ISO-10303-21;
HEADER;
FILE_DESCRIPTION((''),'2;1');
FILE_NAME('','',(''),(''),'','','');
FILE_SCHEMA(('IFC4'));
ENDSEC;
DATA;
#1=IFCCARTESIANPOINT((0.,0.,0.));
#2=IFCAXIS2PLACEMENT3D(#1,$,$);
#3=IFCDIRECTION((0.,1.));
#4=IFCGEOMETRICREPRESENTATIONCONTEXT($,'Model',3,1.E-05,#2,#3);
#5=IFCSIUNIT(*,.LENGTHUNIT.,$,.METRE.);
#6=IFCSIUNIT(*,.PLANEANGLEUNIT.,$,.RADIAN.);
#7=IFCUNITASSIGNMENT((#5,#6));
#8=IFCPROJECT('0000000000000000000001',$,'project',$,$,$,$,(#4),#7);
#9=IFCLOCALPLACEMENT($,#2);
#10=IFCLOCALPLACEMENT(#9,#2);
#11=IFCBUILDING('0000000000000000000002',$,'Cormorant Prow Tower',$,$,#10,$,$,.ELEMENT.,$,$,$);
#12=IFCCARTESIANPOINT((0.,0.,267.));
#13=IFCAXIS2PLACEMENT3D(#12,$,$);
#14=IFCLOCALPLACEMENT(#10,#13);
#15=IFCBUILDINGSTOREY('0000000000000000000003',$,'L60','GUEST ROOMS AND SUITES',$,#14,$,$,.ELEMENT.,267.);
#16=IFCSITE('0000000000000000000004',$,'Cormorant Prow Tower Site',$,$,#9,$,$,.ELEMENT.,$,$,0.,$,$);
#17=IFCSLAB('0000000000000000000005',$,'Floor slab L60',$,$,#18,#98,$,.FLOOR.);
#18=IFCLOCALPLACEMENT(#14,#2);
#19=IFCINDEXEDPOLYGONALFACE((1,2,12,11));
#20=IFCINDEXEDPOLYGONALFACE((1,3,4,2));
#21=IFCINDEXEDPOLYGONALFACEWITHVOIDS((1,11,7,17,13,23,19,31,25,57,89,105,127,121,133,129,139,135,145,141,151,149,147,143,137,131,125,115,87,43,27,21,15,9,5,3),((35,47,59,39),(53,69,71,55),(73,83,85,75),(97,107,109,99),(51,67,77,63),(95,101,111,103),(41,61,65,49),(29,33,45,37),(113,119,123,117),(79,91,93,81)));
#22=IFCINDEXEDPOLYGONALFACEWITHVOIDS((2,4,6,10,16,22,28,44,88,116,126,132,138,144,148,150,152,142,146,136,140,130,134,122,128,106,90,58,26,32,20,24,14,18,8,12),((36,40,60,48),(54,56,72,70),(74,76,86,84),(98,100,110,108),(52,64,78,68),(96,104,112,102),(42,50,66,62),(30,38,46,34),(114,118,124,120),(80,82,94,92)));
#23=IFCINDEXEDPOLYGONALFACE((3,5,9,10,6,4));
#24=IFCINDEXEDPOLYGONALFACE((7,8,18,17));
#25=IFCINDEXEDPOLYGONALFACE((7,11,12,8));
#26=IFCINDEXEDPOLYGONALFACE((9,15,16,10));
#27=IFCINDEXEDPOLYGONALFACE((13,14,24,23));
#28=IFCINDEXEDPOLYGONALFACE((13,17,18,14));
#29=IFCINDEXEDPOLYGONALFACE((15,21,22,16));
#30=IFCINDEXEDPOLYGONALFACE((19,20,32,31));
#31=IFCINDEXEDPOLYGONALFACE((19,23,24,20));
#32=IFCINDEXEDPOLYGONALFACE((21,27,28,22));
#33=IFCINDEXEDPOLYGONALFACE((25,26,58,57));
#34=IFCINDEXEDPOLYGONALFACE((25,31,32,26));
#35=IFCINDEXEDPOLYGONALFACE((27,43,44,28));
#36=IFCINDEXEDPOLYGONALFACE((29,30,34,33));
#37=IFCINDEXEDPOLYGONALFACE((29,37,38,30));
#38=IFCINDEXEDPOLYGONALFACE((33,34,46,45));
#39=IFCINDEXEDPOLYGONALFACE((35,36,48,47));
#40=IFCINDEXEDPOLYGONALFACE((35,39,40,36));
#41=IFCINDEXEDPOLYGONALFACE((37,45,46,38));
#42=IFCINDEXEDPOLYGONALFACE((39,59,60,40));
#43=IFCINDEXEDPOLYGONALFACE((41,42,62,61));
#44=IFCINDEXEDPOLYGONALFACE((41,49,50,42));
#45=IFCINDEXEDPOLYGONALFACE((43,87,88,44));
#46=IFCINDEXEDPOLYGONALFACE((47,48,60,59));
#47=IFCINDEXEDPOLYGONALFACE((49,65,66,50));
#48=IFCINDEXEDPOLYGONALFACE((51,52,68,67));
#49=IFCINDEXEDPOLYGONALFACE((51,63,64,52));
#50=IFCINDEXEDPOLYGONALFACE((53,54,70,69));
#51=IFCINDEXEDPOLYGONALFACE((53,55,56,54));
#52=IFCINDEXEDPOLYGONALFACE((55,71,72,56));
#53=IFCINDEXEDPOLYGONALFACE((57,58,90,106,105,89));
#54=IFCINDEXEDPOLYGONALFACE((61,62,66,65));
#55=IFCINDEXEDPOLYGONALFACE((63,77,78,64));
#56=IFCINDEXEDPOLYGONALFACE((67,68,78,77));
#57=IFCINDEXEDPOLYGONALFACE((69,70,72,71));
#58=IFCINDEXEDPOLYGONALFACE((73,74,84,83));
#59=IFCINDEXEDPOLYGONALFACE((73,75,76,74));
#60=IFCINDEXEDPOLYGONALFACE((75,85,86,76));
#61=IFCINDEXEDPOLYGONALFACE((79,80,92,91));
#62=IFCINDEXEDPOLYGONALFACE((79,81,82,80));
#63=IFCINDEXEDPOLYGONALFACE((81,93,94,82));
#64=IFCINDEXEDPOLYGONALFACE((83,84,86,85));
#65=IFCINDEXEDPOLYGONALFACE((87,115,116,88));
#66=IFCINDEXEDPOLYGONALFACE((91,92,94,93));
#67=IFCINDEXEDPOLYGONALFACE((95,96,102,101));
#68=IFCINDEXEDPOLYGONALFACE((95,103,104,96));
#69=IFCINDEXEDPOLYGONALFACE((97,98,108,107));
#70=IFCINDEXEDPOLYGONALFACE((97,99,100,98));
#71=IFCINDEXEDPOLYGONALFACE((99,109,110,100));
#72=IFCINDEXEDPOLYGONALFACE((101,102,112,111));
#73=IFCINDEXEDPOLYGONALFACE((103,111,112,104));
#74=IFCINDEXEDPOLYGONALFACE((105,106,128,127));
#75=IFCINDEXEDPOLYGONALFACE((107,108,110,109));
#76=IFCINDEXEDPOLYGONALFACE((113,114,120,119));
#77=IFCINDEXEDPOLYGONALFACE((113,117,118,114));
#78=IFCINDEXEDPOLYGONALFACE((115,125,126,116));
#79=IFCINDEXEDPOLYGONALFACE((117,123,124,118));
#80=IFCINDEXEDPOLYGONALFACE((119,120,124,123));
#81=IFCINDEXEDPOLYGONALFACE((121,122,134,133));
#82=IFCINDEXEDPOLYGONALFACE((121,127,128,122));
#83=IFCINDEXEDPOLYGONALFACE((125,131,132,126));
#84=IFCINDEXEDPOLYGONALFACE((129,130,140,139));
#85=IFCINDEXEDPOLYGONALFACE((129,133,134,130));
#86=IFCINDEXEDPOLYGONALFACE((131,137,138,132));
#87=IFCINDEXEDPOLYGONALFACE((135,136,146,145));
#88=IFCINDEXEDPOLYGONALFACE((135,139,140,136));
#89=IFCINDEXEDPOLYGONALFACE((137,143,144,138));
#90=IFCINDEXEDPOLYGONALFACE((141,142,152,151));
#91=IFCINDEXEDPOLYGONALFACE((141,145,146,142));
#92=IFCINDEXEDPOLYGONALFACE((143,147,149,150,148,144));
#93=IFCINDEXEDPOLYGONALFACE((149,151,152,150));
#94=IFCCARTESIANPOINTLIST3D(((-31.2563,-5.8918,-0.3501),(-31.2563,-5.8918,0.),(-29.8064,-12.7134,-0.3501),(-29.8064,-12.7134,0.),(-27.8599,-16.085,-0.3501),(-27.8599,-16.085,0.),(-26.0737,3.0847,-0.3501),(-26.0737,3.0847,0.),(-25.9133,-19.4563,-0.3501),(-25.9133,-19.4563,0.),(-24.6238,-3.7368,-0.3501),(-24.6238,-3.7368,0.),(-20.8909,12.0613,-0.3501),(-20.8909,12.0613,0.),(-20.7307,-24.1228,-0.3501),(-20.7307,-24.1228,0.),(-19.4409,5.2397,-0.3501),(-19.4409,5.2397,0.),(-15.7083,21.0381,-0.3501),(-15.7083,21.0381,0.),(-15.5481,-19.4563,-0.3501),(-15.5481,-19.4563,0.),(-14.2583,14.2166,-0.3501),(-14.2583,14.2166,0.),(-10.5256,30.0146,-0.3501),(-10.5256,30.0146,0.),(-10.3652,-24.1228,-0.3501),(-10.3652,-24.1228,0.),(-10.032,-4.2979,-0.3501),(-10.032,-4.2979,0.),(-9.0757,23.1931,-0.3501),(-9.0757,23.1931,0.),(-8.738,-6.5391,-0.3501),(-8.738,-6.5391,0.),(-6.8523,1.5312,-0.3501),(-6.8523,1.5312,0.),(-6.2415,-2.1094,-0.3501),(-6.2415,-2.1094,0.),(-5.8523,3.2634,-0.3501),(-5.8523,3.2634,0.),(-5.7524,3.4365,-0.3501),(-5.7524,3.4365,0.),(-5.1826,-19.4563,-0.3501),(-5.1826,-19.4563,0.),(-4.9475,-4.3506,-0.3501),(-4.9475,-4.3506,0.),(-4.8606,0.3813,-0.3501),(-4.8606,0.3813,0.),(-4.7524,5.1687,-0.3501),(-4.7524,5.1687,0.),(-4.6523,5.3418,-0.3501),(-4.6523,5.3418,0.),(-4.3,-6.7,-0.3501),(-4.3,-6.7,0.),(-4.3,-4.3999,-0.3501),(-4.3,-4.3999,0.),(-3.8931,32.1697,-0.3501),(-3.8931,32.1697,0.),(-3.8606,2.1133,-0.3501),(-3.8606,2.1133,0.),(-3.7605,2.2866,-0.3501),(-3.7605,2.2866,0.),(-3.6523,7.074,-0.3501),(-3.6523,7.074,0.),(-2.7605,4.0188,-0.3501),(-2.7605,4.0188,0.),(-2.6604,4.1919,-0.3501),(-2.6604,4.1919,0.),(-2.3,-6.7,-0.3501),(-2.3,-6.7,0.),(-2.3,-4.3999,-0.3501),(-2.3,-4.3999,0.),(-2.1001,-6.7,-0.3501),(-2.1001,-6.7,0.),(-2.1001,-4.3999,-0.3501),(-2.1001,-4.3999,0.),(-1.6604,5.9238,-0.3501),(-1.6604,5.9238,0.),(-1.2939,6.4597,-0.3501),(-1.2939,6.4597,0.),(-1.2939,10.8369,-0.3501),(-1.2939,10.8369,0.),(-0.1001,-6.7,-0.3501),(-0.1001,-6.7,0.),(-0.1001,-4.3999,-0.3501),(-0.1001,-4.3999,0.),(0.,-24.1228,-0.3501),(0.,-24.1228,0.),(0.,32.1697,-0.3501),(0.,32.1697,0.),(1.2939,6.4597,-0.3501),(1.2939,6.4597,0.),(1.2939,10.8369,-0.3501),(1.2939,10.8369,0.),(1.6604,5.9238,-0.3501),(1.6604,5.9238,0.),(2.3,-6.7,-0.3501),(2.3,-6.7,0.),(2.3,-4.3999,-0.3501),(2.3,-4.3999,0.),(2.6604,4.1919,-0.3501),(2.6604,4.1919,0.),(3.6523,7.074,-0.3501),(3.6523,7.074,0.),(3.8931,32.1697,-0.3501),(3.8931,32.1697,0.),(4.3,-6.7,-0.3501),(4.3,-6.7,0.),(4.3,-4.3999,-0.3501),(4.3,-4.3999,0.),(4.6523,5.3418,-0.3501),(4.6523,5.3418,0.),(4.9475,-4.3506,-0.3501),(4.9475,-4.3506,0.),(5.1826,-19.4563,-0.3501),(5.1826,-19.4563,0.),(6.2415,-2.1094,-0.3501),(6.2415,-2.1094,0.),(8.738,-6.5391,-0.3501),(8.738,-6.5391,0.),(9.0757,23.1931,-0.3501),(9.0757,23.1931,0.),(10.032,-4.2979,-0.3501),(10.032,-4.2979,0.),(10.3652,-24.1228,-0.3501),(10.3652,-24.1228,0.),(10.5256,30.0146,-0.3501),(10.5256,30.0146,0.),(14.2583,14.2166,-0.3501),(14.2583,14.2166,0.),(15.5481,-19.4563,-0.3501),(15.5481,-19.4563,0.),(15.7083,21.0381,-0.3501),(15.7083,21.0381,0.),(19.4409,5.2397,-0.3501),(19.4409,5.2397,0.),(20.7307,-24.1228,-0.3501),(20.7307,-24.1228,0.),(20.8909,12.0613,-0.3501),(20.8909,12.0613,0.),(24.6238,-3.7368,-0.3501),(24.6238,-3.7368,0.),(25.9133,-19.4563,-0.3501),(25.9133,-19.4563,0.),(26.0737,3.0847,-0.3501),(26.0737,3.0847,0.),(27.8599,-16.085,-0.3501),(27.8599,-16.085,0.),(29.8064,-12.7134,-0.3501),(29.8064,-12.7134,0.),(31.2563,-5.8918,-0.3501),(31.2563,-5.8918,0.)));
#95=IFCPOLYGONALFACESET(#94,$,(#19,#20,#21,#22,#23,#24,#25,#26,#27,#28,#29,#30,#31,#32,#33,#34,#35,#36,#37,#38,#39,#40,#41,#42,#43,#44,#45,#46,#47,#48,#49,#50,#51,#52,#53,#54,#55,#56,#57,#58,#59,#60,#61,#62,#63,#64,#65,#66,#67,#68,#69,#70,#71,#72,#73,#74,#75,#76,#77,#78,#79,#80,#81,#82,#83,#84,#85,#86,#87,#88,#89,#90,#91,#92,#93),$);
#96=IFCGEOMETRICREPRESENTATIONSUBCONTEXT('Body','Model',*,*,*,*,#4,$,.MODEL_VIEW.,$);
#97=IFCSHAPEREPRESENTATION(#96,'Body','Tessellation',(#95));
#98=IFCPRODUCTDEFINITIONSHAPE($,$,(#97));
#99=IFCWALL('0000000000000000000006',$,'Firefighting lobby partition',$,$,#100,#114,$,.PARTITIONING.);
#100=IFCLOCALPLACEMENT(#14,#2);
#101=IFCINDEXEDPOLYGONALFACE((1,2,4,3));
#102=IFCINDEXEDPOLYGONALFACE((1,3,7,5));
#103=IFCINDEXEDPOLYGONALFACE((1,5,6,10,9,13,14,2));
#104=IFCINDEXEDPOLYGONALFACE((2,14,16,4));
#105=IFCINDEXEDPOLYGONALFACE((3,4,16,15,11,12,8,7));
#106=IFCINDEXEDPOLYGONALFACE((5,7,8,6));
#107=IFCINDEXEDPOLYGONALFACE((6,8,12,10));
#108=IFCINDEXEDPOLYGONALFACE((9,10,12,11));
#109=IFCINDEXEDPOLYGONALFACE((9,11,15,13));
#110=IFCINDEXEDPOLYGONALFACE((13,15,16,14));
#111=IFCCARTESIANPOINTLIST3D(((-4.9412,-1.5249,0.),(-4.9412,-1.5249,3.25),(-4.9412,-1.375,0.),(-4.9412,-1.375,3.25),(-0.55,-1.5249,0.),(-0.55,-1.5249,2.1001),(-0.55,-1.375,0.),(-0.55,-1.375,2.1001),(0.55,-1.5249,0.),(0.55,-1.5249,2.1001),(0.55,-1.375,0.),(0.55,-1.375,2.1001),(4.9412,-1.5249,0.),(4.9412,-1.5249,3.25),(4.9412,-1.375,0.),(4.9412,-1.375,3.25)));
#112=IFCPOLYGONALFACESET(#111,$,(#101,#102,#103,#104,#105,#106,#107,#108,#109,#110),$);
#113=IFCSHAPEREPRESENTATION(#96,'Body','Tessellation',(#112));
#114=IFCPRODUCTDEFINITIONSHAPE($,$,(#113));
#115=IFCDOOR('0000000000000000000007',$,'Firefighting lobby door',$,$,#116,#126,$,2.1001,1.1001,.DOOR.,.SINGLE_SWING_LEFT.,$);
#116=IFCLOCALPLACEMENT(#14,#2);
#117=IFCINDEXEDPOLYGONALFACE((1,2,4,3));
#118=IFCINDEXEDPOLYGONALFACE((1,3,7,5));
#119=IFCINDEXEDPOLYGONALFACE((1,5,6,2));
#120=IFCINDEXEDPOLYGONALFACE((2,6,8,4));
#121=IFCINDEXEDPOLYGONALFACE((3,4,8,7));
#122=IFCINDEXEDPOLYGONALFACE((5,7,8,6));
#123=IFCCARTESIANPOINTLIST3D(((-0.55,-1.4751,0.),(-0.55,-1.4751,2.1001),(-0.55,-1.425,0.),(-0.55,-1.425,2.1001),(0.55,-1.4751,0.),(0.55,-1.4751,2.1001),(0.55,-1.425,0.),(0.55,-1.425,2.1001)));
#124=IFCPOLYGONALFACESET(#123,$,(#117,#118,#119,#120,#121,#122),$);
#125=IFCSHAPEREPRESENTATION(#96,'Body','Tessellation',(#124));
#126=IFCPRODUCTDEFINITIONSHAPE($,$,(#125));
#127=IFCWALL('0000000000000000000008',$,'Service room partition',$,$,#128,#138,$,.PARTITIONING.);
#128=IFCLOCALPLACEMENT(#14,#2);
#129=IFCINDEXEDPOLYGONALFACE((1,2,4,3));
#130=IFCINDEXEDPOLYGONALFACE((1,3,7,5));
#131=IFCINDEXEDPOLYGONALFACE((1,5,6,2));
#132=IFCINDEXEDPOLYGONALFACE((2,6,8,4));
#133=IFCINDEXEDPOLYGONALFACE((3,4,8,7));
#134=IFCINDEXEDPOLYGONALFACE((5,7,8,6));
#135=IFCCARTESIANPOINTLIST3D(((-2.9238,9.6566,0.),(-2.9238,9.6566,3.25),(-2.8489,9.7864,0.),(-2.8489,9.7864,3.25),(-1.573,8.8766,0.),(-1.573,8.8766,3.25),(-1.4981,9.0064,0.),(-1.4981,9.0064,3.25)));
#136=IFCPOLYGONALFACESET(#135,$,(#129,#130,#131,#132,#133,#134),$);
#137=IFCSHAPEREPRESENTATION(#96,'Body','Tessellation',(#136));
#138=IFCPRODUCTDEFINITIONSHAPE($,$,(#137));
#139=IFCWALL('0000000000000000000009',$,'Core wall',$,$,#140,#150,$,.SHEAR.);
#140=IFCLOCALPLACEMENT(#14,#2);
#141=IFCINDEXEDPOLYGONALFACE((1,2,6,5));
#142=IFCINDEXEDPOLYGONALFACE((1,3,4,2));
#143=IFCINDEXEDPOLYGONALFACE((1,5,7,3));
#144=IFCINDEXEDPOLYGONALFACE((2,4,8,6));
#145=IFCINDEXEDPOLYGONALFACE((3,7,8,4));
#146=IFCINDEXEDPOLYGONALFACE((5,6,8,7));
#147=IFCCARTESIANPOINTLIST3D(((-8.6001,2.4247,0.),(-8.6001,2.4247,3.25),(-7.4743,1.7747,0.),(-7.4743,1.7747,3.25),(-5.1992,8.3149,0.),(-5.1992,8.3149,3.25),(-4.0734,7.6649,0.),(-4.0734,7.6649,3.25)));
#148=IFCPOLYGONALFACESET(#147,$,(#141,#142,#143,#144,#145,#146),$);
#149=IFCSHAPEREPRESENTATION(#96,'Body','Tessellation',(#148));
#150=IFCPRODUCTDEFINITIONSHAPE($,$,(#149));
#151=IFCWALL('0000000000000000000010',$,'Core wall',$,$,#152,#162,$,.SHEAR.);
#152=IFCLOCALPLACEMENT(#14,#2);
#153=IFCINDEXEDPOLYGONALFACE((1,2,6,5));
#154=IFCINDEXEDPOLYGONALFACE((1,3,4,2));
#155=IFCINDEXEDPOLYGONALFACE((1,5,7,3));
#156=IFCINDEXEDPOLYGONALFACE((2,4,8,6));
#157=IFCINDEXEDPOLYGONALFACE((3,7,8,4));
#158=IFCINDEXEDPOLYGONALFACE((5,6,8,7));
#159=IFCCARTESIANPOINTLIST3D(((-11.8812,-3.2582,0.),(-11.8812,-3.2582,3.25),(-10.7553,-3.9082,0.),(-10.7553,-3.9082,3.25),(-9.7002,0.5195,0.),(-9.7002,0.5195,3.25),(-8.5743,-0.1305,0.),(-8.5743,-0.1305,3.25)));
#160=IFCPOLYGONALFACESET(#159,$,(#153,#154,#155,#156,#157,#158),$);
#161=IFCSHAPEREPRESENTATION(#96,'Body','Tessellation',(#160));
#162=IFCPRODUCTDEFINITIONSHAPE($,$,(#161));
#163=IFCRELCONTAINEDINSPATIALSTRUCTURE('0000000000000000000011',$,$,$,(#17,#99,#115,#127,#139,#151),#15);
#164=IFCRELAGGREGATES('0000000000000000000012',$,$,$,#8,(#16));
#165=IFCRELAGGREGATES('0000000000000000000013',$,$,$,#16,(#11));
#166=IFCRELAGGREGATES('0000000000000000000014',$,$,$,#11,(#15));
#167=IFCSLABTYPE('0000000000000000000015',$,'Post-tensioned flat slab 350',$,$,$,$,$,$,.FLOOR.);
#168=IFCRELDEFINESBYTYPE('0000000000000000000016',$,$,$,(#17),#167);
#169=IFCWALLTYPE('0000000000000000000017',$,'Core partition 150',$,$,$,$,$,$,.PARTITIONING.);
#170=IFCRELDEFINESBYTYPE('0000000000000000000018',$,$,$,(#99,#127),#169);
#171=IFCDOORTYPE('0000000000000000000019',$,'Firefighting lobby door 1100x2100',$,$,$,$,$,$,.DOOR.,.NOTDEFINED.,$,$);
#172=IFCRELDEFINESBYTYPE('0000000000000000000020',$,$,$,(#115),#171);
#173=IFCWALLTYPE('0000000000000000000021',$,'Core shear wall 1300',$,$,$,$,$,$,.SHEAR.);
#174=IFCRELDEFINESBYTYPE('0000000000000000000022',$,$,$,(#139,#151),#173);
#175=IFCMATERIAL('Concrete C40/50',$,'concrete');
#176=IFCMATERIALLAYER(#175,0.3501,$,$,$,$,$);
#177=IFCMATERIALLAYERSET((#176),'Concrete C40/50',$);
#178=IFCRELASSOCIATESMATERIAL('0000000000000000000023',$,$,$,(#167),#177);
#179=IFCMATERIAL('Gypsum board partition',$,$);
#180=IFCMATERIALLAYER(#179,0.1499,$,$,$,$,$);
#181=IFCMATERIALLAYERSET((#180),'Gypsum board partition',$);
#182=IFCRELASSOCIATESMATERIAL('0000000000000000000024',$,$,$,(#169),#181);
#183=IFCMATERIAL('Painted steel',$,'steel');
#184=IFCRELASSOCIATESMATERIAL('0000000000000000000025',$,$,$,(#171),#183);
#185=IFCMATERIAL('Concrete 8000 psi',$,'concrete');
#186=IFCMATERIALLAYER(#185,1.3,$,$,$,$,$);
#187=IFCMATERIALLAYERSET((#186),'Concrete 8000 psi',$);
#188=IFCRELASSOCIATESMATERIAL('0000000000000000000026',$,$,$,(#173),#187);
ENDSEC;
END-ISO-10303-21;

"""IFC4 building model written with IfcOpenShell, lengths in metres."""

from ifc_helpers import new_model, si_unit, direction, frame, frame_2d, origin, place, context, subcontext, project, spatial, polyline, rectangle, outline, extrude, material, layer, layer_set, type_object, element, fill, save


model = new_model("IFC4")

# Units and contexts
model_context = context("Model", 3, precision=1e-05, world=origin(), true_north=direction((0.0, 1.0)))
body_context = subcontext(model_context, "Body", "Model", "MODEL_VIEW")
ifc_project = project(units=[si_unit("LENGTHUNIT", "METRE"), si_unit("PLANEANGLEUNIT", "RADIAN")], contexts=[model_context])

# Site, building, storey
site_placement = place(None, origin())
site = spatial("IfcSite", under=ifc_project, at=site_placement, Name="Cormorant Prow Tower Site", CompositionType="ELEMENT", RefElevation=0.0)
building_placement = place(site_placement, origin())
building = spatial("IfcBuilding", under=site, at=building_placement, Name="Cormorant Prow Tower", CompositionType="ELEMENT")
storey_placement = place(building_placement, frame((0.0, 0.0, 267.0)))
storey = spatial("IfcBuildingStorey", under=building, at=storey_placement, Name="L60", Description="GUEST ROOMS AND SUITES", CompositionType="ELEMENT", Elevation=267.0)

# Slab
ifc_material_1 = material(Name="Concrete C40/50", Category="concrete")
ifc_layer_1 = layer(ifc_material_1, 0.3501)
ifc_layer_set_1 = layer_set([ifc_layer_1], Name="Concrete C40/50")
slab_type_1 = type_object("IfcSlabType", Name="Post-tensioned flat slab 350", PredefinedType="FLOOR", material=ifc_layer_set_1)
slab_1_placement = place(storey_placement, frame((0.0, 0.0, -0.3501)))
element("IfcSlab", 1, at=slab_1_placement, inside=storey, type_object=slab_type_1, Name="Floor slab L60", PredefinedType="FLOOR", context=body_context, shape_type="SweptSolid", body=[
    extrude(outline(polyline([(-9.0757, 23.1931), (-15.7083, 21.0381), (-14.2583, 14.2166), (-20.8909, 12.0613), (-19.4409, 5.2397), (-26.0737, 3.0847), (-24.6238, -3.7368), (-31.2563, -5.8918), (-29.8064, -12.7134), (-27.8599, -16.085), (-25.9133, -19.4563), (-20.7307, -24.1228), (-15.5481, -19.4563), (-10.3652, -24.1228), (-5.1826, -19.4563), (0.0, -24.1228), (5.1826, -19.4563), (10.3652, -24.1228), (15.5481, -19.4563), (20.7307, -24.1228), (25.9133, -19.4563), (27.8599, -16.085), (29.8064, -12.7134), (31.2563, -5.8918), (24.6238, -3.7368), (26.0737, 3.0847), (19.4409, 5.2397), (20.8909, 12.0613), (14.2583, 14.2166), (15.7083, 21.0381), (9.0757, 23.1931), (10.5256, 30.0146), (3.8931, 32.1697), (0.0, 32.1697), (-3.8931, 32.1697), (-10.5256, 30.0146), (-9.0757, 23.1931)]), holes=[polyline([(-4.3, -4.3999), (-2.3, -4.3999), (-2.3, -6.7), (-4.3, -6.7), (-4.3, -4.3999)]), polyline([(-0.1001, -4.3999), (-0.1001, -6.7), (-2.1001, -6.7), (-2.1001, -4.3999), (-0.1001, -4.3999)]), polyline([(4.3, -6.7), (2.3, -6.7), (2.3, -4.3999), (4.3, -4.3999), (4.3, -6.7)]), polyline([(4.6523, 5.3418), (2.6604, 4.1919), (1.6604, 5.9238), (3.6523, 7.074), (4.6523, 5.3418)]), polyline([(-1.6604, 5.9238), (-2.6604, 4.1919), (-4.6523, 5.3418), (-3.6523, 7.074), (-1.6604, 5.9238)]), polyline([(-3.7605, 2.2866), (-5.7524, 3.4365), (-4.7524, 5.1687), (-2.7605, 4.0188), (-3.7605, 2.2866)]), polyline([(-6.8523, 1.5312), (-5.8523, 3.2634), (-3.8606, 2.1133), (-4.8606, 0.3813), (-6.8523, 1.5312)]), polyline([(-4.9475, -4.3506), (-8.738, -6.5391), (-10.032, -4.2979), (-6.2415, -2.1094), (-4.9475, -4.3506)]), polyline([(10.032, -4.2979), (8.738, -6.5391), (4.9475, -4.3506), (6.2415, -2.1094), (10.032, -4.2979)]), polyline([(1.2939, 10.8369), (1.2939, 6.4597), (-1.2939, 6.4597), (-1.2939, 10.8369), (1.2939, 10.8369)])]), origin(), (0.0, 0.0, 1.0), 0.3501),
])

# Wall, opening, door
ifc_material_2 = material(Name="Gypsum board partition")
ifc_layer_2 = layer(ifc_material_2, 0.1499)
ifc_layer_set_2 = layer_set([ifc_layer_2], Name="Gypsum board partition")
wall_type_1 = type_object("IfcWallType", Name="Core partition 150", PredefinedType="PARTITIONING", material=ifc_layer_set_2)
wall_1_placement = place(storey_placement, frame((-4.9412, -1.45, 0.0), z_axis=(0.0, 0.0, 1.0), x_axis=(1.0, 0.0, 0.0)))
wall_1 = element("IfcWall", 2, at=wall_1_placement, inside=storey, type_object=wall_type_1, Name="Firefighting lobby partition", PredefinedType="PARTITIONING", context=body_context, shape_type="SweptSolid", body=[
    extrude(rectangle(XDim=9.8823, YDim=0.1499, at=frame_2d((4.9412, 0.0))), origin(), (0.0, 0.0, 1.0), 3.25),
])
opening_1_placement = place(wall_1_placement, frame((4.3911, 0.0, 0.0)))
opening_1 = element("IfcOpeningElement", 3, at=opening_1_placement, cuts=wall_1, PredefinedType="OPENING", context=body_context, shape_type="SweptSolid", body=[
    extrude(rectangle(XDim=1.1001, YDim=2.1001, at=frame_2d((0.55, 1.05))), frame((0.0, 0.085, 0.0), z_axis=(0.0, -1.0, 0.0), x_axis=(1.0, 0.0, 0.0)), (0.0, 0.0, 1.0), 0.1699),
])
ifc_material_3 = material(Name="Painted steel", Category="steel")
door_type_1 = type_object("IfcDoorType", Name="Firefighting lobby door 1100x2100", OperationType="NOTDEFINED", PredefinedType="DOOR", material=ifc_material_3)
door_1_placement = place(opening_1_placement, origin())
door_1 = element("IfcDoor", 4, at=door_1_placement, inside=storey, type_object=door_type_1, Name="Firefighting lobby door", OperationType="SINGLE_SWING_LEFT", OverallHeight=2.1001, OverallWidth=1.1001, PredefinedType="DOOR", context=body_context, shape_type="SweptSolid", body=[
    extrude(rectangle(XDim=1.1001, YDim=2.1001, at=frame_2d((0.55, 1.05))), frame((0.0, 0.0249, 0.0), z_axis=(0.0, -1.0, 0.0), x_axis=(1.0, 0.0, 0.0)), (0.0, 0.0, 1.0), 0.05),
])
fill(opening_1, door_1)

# Walls
wall_2_placement = place(storey_placement, frame((-2.8862, 9.7214, 0.0), z_axis=(0.0, 0.0, 1.0), x_axis=(0.86599, -0.500061, 0.0)))
element("IfcWall", 5, at=wall_2_placement, inside=storey, type_object=wall_type_1, Name="Service room partition", PredefinedType="PARTITIONING", context=body_context, shape_type="SweptSolid", body=[
    extrude(rectangle(XDim=1.5598, YDim=0.1499, at=frame_2d((0.7798, 0.0))), origin(), (0.0, 0.0, 1.0), 3.25),
])
ifc_material_4 = material(Name="Concrete 8000 psi", Category="concrete")
ifc_layer_3 = layer(ifc_material_4, 1.3)
ifc_layer_set_3 = layer_set([ifc_layer_3], Name="Concrete 8000 psi")
wall_type_2 = type_object("IfcWallType", Name="Core shear wall 1300", PredefinedType="SHEAR", material=ifc_layer_set_3)
wall_3_placement = place(storey_placement, frame((-4.6362, 7.99, 0.0), z_axis=(0.0, 0.0, 1.0), x_axis=(-0.500023, -0.866012, 0.0)))
element("IfcWall", 6, at=wall_3_placement, inside=storey, type_object=wall_type_2, Name="Core wall", PredefinedType="SHEAR", context=body_context, shape_type="SweptSolid", body=[
    extrude(rectangle(XDim=6.8015, YDim=1.3, at=frame_2d((3.4009, 0.0))), origin(), (0.0, 0.0, 1.0), 3.25),
])
wall_4_placement = place(storey_placement, frame((-9.1372, 0.1946, 0.0), z_axis=(0.0, 0.0, 1.0), x_axis=(-0.499986, -0.866034, 0.0)))
element("IfcWall", 7, at=wall_4_placement, inside=storey, type_object=wall_type_2, Name="Core wall", PredefinedType="SHEAR", context=body_context, shape_type="SweptSolid", body=[
    extrude(rectangle(XDim=4.3621, YDim=1.3, at=frame_2d((2.1812, 0.0))), origin(), (0.0, 0.0, 1.0), 3.25),
])

save(model, "model.ifc")
